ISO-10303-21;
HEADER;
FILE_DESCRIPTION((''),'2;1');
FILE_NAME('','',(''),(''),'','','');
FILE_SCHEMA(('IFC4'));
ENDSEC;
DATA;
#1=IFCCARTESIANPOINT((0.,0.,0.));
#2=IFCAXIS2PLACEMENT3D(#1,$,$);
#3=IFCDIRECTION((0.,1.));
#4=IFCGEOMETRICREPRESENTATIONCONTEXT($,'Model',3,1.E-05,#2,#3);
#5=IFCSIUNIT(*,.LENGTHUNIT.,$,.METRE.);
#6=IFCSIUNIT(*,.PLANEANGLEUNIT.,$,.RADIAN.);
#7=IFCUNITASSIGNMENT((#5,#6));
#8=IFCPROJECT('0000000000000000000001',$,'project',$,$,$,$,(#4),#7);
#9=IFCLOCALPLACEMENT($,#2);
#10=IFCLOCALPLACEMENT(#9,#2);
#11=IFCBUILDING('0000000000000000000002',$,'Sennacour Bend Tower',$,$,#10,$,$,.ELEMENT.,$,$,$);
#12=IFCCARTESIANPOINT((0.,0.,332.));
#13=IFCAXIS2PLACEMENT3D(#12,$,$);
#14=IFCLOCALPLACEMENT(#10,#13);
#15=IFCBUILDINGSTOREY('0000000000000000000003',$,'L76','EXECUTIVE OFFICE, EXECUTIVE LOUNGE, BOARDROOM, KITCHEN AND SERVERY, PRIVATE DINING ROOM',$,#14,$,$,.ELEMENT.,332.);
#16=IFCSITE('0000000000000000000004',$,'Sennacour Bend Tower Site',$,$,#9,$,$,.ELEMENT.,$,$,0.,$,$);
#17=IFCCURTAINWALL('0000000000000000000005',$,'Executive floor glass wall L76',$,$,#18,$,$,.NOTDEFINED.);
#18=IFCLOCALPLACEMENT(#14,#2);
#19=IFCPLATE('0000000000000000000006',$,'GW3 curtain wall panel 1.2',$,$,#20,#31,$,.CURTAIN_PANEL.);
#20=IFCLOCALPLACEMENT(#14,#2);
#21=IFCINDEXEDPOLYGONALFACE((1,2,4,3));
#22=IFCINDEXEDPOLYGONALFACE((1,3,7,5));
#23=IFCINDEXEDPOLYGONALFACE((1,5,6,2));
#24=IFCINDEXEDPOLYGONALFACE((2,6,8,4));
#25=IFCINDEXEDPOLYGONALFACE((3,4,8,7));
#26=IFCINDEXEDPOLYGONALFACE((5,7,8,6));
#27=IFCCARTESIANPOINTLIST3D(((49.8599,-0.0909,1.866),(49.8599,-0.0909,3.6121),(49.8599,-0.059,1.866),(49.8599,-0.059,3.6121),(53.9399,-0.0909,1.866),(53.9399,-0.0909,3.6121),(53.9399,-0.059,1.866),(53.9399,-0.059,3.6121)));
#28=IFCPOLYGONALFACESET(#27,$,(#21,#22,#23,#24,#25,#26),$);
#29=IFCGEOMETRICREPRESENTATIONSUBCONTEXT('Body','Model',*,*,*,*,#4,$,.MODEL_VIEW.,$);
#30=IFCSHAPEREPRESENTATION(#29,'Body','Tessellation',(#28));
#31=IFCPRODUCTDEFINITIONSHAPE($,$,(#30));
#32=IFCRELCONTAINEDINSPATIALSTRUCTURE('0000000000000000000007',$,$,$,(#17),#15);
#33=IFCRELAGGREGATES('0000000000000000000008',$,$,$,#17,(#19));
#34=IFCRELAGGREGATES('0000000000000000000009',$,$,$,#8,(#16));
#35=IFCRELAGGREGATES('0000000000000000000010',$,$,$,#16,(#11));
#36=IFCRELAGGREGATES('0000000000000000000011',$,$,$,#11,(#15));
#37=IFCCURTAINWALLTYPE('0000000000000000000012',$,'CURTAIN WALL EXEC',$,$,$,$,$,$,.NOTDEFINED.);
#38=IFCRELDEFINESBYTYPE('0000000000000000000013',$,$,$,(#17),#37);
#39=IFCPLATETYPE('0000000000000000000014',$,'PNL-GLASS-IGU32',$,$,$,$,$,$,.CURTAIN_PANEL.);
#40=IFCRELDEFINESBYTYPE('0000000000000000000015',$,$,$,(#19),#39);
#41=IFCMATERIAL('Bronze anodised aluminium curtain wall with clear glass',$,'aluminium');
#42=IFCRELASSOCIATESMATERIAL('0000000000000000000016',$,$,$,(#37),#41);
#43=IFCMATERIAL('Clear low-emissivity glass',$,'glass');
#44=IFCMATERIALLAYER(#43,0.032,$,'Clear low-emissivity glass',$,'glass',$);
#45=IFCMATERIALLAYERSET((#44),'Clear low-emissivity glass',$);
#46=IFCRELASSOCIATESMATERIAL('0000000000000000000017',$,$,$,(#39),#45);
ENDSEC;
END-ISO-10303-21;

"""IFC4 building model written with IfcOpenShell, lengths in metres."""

from ifc_helpers import new_model, si_unit, direction, frame, origin, origin_2d, place, context, subcontext, project, spatial, rectangle, extrude, material, layer, layer_set, type_object, element, aggregate, save


model = new_model("IFC4")

# Units and contexts
model_context = context("Model", 3, precision=1e-05, world=origin(), true_north=direction((0.0, 1.0)))
body_context = subcontext(model_context, "Body", "Model", "MODEL_VIEW")
ifc_project = project(units=[si_unit("LENGTHUNIT", "METRE"), si_unit("PLANEANGLEUNIT", "RADIAN")], contexts=[model_context])

# Site, building, storey
site_placement = place(None, origin())
site = spatial("IfcSite", under=ifc_project, at=site_placement, Name="Sennacour Bend Tower Site", CompositionType="ELEMENT", RefElevation=0.0)
building_placement = place(site_placement, origin())
building = spatial("IfcBuilding", under=site, at=building_placement, Name="Sennacour Bend Tower", CompositionType="ELEMENT")
storey_placement = place(building_placement, frame((0.0, 0.0, 332.0)))
storey = spatial("IfcBuildingStorey", under=building, at=storey_placement, Name="L76", Description="EXECUTIVE OFFICE, EXECUTIVE LOUNGE, BOARDROOM, KITCHEN AND SERVERY, PRIVATE DINING ROOM", CompositionType="ELEMENT", Elevation=332.0)

# Shared definitions
ifc_material_1 = material(Name="Bronze anodised aluminium curtain wall with clear glass", Category="aluminium")
curtain_wall_type = type_object("IfcCurtainWallType", Name="CURTAIN WALL EXEC", PredefinedType="NOTDEFINED", material=ifc_material_1)

# Curtain wall
curtain_wall_1_placement = place(storey_placement, origin())
curtain_wall_1 = element("IfcCurtainWall", 1, at=curtain_wall_1_placement, inside=storey, type_object=curtain_wall_type, Name="Executive floor glass wall L76", PredefinedType="NOTDEFINED")

# Plate
ifc_material_2 = material(Name="Clear low-emissivity glass", Category="glass")
ifc_layer = layer(ifc_material_2, 0.032, Name="Clear low-emissivity glass", Category="glass")
ifc_layer_set = layer_set([ifc_layer], Name="Clear low-emissivity glass")
plate_type = type_object("IfcPlateType", Name="PNL-GLASS-IGU32", PredefinedType="CURTAIN_PANEL", material=ifc_layer_set)
plate_1_placement = place(storey_placement, frame((51.8999, -0.075, 1.866), z_axis=(0.0, 0.0, 1.0), x_axis=(1.0, 0.0, 0.0)))
plate_1 = element("IfcPlate", 2, at=plate_1_placement, type_object=plate_type, Name="GW3 curtain wall panel 1.2", PredefinedType="CURTAIN_PANEL", context=body_context, shape_type="SweptSolid", body=[
    extrude(rectangle(XDim=4.0801, YDim=0.032, at=origin_2d()), origin(), (0.0, 0.0, 1.0), 1.7461),
])
aggregate(curtain_wall_1, [plate_1])

save(model, "model.ifc")
